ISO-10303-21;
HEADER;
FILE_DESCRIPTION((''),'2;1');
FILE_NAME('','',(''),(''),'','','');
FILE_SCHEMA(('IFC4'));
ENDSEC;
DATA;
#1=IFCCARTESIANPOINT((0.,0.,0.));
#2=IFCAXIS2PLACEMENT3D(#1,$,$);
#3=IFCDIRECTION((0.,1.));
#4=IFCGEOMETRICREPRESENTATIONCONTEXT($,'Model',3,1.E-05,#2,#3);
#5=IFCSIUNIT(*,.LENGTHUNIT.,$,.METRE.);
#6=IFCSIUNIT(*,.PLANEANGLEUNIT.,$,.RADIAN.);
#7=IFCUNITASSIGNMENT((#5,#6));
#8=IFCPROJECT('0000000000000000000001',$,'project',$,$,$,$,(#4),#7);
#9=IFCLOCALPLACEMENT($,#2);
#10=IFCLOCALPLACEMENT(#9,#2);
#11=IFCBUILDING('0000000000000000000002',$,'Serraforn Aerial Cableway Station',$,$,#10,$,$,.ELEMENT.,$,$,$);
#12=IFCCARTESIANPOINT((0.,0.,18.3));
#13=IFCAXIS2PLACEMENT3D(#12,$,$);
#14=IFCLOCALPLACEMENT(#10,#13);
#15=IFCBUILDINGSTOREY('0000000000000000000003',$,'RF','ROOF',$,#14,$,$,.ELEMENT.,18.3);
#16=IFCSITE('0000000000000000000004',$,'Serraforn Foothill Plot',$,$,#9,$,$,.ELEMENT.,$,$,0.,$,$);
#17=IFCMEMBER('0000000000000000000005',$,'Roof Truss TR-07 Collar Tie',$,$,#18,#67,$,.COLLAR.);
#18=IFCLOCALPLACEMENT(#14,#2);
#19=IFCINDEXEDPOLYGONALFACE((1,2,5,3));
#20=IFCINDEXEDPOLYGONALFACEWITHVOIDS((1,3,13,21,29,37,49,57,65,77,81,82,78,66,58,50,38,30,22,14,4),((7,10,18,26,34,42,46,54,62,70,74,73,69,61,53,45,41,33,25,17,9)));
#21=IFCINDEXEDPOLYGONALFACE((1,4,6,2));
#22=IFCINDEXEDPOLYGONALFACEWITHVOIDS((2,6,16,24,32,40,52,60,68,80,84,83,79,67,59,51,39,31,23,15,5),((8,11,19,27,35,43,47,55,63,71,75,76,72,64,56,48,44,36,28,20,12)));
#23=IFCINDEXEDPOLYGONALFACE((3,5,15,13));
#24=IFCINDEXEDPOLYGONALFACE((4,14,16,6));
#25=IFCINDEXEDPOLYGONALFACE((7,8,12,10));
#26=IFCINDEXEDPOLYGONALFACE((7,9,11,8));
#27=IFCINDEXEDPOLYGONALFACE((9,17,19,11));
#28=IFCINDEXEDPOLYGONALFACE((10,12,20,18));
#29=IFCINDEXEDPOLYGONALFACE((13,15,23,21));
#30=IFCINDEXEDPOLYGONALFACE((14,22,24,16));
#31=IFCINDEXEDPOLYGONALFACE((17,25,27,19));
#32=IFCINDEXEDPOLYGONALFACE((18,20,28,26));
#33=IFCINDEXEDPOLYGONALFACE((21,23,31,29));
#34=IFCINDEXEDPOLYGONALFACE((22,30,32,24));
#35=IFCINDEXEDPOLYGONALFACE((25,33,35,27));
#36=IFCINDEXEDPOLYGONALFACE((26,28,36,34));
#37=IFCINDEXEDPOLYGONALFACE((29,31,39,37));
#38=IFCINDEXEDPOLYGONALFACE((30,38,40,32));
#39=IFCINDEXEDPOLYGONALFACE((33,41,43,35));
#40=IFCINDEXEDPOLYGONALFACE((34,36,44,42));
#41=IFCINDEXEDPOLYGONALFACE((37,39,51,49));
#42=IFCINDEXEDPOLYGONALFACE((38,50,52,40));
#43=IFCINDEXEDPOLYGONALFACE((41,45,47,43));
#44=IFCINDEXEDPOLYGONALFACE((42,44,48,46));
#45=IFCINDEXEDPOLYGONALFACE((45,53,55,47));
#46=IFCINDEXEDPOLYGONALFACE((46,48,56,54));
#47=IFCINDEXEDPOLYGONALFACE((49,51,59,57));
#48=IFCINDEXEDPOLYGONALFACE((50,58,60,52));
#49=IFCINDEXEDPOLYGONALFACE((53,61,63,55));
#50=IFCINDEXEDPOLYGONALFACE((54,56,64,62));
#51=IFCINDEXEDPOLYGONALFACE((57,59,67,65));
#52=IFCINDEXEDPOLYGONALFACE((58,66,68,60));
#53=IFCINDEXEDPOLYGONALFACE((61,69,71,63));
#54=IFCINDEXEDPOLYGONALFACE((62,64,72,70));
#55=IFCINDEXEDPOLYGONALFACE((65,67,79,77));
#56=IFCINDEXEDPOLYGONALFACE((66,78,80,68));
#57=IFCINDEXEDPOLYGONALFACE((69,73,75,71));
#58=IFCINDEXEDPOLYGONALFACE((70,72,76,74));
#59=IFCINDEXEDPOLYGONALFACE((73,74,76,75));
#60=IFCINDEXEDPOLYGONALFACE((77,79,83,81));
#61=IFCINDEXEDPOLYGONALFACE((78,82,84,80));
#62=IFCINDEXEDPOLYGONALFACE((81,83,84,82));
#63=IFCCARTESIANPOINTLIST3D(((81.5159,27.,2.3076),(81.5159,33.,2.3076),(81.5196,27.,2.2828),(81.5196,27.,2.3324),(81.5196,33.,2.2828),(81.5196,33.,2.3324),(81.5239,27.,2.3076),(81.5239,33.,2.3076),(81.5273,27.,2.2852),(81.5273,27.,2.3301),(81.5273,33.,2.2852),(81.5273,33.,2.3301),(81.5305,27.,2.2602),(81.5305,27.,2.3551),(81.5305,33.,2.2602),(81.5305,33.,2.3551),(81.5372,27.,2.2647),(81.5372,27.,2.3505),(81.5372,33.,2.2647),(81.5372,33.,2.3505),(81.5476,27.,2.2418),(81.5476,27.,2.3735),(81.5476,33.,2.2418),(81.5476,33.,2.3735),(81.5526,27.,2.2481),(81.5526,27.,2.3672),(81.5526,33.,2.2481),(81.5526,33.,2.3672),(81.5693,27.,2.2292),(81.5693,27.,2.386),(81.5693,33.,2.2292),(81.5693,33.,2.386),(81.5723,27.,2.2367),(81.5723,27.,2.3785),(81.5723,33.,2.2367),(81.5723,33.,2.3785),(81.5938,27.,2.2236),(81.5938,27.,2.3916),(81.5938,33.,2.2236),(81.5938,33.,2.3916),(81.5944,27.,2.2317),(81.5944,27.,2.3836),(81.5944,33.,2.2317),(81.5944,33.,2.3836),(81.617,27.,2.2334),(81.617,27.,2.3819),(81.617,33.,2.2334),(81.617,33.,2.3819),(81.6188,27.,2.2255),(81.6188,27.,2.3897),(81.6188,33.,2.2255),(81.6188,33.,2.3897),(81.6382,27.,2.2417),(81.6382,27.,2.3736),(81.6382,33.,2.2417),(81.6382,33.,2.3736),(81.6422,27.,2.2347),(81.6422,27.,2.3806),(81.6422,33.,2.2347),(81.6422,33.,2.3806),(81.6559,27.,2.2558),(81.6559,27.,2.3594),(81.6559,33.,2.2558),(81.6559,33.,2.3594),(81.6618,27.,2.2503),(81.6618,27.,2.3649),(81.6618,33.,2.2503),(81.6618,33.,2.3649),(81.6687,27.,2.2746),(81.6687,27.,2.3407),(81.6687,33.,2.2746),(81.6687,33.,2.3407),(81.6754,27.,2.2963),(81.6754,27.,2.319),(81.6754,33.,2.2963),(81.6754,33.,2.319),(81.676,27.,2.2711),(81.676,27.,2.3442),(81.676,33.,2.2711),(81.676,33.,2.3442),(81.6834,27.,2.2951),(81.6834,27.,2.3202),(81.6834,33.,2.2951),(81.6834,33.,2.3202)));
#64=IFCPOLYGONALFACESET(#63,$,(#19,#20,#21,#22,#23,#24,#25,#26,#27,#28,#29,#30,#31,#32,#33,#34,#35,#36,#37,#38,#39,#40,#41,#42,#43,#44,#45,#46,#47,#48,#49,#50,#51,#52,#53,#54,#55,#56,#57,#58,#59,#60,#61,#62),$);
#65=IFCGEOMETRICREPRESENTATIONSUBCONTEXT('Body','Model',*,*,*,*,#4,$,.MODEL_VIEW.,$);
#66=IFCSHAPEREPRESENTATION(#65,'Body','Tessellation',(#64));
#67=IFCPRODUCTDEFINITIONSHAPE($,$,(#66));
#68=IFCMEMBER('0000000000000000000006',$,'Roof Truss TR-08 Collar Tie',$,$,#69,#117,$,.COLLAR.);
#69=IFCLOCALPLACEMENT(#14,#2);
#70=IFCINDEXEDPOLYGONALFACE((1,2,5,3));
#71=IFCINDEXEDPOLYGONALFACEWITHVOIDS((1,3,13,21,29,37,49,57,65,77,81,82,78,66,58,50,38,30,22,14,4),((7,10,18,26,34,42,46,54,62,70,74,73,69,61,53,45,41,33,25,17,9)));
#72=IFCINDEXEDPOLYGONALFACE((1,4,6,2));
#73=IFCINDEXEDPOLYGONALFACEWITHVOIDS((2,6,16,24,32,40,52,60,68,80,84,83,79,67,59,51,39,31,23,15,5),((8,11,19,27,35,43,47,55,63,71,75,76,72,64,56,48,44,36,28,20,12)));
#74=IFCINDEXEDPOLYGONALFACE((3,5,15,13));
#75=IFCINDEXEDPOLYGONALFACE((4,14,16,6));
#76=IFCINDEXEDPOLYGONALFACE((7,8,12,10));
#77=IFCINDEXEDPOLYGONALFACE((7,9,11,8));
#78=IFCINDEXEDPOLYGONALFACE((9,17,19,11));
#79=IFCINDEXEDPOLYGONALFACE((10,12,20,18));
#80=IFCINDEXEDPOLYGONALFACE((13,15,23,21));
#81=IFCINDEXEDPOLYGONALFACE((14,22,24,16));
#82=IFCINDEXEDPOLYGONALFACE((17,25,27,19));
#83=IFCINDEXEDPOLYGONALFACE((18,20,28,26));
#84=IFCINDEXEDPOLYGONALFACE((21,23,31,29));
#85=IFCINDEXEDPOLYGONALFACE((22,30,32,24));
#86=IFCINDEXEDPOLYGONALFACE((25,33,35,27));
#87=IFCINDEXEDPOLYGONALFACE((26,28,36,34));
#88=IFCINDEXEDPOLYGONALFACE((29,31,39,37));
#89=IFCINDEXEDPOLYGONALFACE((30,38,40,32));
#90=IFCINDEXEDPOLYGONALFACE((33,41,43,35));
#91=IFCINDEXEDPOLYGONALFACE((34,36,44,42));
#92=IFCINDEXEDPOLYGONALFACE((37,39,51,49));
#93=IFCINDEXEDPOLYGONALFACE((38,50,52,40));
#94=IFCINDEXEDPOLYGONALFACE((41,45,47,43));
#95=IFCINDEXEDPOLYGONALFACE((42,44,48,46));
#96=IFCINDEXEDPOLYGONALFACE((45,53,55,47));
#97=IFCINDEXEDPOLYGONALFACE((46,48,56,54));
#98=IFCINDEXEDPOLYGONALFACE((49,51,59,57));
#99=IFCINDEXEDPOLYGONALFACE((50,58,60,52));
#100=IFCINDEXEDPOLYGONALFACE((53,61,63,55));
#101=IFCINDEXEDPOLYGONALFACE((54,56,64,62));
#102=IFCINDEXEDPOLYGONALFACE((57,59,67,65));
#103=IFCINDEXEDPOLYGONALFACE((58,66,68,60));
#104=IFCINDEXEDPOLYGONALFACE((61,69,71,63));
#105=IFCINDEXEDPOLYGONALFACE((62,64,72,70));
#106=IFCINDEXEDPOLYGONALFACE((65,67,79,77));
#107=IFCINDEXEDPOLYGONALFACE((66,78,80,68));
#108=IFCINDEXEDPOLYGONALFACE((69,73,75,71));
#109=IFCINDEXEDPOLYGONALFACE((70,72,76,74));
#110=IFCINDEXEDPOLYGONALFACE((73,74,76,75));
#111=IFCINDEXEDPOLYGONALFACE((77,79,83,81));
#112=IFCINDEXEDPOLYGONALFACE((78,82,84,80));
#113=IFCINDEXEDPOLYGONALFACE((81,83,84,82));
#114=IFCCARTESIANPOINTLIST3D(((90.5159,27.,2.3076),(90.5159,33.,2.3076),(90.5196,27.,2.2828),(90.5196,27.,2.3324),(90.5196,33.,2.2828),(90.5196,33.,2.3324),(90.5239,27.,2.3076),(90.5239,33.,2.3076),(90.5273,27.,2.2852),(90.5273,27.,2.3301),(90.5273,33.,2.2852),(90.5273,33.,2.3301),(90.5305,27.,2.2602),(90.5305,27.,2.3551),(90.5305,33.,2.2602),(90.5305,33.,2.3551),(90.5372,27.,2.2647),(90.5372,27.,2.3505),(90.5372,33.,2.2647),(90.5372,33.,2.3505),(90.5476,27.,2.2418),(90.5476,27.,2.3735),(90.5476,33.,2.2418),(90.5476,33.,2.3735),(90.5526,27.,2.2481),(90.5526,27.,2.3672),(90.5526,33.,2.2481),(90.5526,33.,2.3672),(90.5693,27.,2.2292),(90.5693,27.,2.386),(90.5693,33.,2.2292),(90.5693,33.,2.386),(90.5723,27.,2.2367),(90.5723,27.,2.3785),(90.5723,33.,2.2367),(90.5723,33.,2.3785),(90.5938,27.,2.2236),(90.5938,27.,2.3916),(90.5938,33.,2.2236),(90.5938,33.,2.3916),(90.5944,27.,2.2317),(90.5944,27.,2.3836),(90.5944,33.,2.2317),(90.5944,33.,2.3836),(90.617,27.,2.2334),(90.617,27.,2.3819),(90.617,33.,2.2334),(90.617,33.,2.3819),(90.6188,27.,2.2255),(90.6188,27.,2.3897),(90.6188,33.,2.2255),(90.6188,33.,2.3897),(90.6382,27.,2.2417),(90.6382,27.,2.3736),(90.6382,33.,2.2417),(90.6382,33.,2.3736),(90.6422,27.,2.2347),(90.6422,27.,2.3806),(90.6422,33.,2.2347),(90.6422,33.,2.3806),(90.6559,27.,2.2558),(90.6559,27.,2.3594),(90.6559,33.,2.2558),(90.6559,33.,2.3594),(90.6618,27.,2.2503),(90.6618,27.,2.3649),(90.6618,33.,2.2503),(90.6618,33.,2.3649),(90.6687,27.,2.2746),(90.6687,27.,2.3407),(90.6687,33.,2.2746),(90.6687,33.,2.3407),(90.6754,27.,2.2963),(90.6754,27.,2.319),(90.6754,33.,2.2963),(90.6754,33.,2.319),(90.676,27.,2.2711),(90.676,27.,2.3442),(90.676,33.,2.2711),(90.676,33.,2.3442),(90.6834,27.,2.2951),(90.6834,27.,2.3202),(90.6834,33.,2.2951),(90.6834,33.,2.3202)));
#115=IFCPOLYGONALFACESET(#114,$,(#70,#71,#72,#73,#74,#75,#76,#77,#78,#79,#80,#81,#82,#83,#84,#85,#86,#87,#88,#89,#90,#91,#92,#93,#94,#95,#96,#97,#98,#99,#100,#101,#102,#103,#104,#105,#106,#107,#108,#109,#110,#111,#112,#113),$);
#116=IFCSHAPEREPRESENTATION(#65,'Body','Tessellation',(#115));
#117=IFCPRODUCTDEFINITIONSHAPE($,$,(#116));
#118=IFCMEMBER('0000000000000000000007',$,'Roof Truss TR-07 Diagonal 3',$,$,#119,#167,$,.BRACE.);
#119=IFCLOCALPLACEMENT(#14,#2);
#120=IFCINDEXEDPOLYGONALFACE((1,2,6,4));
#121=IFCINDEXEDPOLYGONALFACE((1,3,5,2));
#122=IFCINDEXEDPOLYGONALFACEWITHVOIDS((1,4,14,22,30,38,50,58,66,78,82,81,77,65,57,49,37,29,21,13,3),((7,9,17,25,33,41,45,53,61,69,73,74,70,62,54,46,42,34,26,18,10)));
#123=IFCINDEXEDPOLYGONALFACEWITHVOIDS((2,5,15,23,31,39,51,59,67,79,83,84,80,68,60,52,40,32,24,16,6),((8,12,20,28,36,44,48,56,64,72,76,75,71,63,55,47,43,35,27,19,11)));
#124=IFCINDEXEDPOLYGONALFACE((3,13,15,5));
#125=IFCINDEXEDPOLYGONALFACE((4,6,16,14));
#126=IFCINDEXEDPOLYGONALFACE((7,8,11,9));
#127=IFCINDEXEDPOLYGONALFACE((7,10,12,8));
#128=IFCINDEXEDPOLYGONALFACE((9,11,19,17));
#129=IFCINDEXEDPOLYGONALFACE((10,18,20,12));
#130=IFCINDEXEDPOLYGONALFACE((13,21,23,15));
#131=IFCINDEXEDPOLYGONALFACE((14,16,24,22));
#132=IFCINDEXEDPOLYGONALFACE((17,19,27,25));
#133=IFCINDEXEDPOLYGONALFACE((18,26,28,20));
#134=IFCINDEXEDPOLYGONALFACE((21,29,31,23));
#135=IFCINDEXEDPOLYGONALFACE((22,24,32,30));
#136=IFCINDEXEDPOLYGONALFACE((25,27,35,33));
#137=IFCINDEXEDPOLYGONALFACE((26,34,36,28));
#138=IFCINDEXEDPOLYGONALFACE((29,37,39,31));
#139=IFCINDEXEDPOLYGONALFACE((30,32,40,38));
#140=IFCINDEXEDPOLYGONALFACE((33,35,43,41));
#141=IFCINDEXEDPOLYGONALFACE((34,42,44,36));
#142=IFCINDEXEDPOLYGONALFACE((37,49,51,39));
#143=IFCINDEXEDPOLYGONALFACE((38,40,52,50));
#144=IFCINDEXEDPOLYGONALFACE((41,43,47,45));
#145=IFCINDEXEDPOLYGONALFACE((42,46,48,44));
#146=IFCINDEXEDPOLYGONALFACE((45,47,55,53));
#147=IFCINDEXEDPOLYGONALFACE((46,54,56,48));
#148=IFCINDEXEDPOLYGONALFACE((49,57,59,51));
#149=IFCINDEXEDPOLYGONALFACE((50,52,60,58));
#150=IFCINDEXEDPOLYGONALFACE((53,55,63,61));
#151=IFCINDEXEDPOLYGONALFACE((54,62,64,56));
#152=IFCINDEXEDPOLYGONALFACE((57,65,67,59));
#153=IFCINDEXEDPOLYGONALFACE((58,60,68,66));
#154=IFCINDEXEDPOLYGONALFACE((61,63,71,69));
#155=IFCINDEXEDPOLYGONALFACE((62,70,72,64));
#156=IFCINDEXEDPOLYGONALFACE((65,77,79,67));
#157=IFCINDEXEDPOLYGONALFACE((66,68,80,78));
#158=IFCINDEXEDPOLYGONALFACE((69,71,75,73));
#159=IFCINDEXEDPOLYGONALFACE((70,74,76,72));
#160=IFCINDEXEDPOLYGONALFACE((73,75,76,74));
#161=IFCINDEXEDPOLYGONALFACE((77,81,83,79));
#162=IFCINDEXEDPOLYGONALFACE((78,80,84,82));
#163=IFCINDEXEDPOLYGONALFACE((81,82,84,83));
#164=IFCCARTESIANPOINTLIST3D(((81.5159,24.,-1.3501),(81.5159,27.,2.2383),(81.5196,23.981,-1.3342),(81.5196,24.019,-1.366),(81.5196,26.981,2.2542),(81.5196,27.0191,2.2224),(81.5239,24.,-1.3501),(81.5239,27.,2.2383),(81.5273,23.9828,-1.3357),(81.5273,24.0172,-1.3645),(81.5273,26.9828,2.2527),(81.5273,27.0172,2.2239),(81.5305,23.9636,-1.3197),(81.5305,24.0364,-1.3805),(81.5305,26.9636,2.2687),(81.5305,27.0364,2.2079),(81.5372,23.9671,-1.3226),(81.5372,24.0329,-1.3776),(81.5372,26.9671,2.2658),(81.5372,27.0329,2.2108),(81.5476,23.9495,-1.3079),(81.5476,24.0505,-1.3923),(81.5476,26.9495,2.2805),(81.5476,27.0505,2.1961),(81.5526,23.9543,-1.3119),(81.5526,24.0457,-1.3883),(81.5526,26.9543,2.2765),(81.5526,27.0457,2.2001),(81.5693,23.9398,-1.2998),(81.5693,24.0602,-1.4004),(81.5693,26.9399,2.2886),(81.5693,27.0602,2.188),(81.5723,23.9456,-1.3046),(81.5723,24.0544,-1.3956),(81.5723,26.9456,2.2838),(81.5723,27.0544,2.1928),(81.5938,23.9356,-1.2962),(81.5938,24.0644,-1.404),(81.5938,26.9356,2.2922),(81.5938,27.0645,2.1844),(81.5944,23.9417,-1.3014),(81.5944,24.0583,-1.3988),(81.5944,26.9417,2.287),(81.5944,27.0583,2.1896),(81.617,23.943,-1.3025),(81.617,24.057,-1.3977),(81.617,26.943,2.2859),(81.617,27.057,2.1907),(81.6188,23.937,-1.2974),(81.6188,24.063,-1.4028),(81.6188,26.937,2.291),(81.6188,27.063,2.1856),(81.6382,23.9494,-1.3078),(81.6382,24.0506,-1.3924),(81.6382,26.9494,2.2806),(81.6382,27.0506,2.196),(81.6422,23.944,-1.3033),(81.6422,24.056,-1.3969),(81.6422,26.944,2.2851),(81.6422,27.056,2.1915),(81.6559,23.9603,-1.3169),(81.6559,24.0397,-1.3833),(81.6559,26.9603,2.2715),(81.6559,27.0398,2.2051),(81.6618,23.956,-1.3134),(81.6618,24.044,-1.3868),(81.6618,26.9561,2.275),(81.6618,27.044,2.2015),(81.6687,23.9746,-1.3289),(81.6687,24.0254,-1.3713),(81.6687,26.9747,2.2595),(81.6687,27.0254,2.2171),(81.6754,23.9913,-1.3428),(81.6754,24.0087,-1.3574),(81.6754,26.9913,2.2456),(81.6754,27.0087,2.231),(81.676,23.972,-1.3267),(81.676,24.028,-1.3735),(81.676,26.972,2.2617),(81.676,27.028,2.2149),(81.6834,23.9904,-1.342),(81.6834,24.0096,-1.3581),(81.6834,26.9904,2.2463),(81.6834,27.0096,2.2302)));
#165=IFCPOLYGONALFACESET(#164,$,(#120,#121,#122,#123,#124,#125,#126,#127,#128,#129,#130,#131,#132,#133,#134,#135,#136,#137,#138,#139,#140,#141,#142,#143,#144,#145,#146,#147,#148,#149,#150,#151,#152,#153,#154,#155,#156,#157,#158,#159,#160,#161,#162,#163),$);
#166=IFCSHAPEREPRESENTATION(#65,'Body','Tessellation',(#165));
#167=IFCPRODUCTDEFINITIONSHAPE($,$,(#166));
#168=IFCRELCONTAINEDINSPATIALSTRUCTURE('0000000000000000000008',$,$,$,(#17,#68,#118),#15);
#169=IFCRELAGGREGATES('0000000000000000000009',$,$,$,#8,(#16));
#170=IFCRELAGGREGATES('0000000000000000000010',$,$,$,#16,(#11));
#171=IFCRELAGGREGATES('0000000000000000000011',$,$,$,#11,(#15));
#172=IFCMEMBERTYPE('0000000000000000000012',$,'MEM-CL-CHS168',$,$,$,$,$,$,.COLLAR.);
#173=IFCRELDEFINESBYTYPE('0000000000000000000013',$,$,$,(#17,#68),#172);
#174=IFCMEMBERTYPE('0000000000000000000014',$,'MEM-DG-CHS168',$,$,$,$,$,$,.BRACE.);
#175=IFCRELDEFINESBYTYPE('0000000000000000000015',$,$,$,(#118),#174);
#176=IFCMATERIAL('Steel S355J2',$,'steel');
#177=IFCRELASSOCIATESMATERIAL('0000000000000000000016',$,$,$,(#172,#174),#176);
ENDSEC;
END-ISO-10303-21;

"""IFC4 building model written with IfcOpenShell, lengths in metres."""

from ifc_helpers import new_model, si_unit, direction, frame, origin, origin_2d, place, context, subcontext, project, spatial, hollow_circle, extrude, material, material_profile, profile_set, type_object, element, save


model = new_model("IFC4")

# Units and contexts
model_context = context("Model", 3, precision=1e-05, world=origin(), true_north=direction((0.0, 1.0)))
body_context = subcontext(model_context, "Body", "Model", "MODEL_VIEW")
ifc_project = project(units=[si_unit("LENGTHUNIT", "METRE"), si_unit("PLANEANGLEUNIT", "RADIAN")], contexts=[model_context])

# Site, building, storey
site_placement = place(None, origin())
site = spatial("IfcSite", under=ifc_project, at=site_placement, Name="Serraforn Foothill Plot", CompositionType="ELEMENT", RefElevation=0.0)
building_placement = place(site_placement, origin())
building = spatial("IfcBuilding", under=site, at=building_placement, Name="Serraforn Aerial Cableway Station", CompositionType="ELEMENT")
storey_placement = place(building_placement, frame((0.0, 0.0, 18.3)))
storey = spatial("IfcBuildingStorey", under=building, at=storey_placement, Name="RF", Description="ROOF", CompositionType="ELEMENT", Elevation=18.3)

# Members
ifc_material_1 = material(Name="Steel S355J2", Category="steel")
ifc_material_profile_1 = material_profile(ifc_material_1, hollow_circle(Radius=0.0842, WallThickness=0.0081, at=origin_2d()), Name="CHS 168.3x8.0")
ifc_profile_set_1 = profile_set([ifc_material_profile_1], Name="Steel S355J2")
member_type_1 = type_object("IfcMemberType", Name="MEM-CL-CHS168", PredefinedType="COLLAR", material=ifc_profile_set_1)
for number, where, z_axis, x_axis, name in (
    (1, (81.6001, 27.0, 2.3076), (0.0, 1.0, 0.0), (-1.0, 0.0, 0.0), "Roof Truss TR-07 Collar Tie"),
    (2, (90.6001, 27.0, 2.3076), (0.0, 1.0, 0.0), (-1.0, 0.0, 0.0), "Roof Truss TR-08 Collar Tie"),
):
    element("IfcMember", number, at=place(storey_placement, frame(where, z_axis=z_axis, x_axis=x_axis)), inside=storey, type_object=member_type_1, Name=name, PredefinedType="COLLAR", context=body_context, shape_type="SweptSolid", body=[
        extrude(hollow_circle(Radius=0.0842, WallThickness=0.0081, at=origin_2d()), origin(), (0.0, 0.0, 1.0), 6.0),
    ])
ifc_material_profile_2 = material_profile(ifc_material_1, hollow_circle(Radius=0.0842, WallThickness=0.0081, at=origin_2d()), Name="CHS 168.3x8.0")
ifc_profile_set_2 = profile_set([ifc_material_profile_2], Name="Steel S355J2")
member_type_2 = type_object("IfcMemberType", Name="MEM-DG-CHS168", PredefinedType="BRACE", material=ifc_profile_set_2)
member_1_placement = place(storey_placement, frame((81.6001, 24.0, -1.3501), z_axis=(0.0, 0.641406, 0.767202), x_axis=(-1.0, 0.0, 0.0)))
element("IfcMember", 3, at=member_1_placement, inside=storey, type_object=member_type_2, Name="Roof Truss TR-07 Diagonal 3", PredefinedType="BRACE", context=body_context, shape_type="SweptSolid", body=[
    extrude(hollow_circle(Radius=0.0842, WallThickness=0.0081, at=origin_2d()), origin(), (0.0, 0.0, 1.0), 4.6772),
])

save(model, "model.ifc")
